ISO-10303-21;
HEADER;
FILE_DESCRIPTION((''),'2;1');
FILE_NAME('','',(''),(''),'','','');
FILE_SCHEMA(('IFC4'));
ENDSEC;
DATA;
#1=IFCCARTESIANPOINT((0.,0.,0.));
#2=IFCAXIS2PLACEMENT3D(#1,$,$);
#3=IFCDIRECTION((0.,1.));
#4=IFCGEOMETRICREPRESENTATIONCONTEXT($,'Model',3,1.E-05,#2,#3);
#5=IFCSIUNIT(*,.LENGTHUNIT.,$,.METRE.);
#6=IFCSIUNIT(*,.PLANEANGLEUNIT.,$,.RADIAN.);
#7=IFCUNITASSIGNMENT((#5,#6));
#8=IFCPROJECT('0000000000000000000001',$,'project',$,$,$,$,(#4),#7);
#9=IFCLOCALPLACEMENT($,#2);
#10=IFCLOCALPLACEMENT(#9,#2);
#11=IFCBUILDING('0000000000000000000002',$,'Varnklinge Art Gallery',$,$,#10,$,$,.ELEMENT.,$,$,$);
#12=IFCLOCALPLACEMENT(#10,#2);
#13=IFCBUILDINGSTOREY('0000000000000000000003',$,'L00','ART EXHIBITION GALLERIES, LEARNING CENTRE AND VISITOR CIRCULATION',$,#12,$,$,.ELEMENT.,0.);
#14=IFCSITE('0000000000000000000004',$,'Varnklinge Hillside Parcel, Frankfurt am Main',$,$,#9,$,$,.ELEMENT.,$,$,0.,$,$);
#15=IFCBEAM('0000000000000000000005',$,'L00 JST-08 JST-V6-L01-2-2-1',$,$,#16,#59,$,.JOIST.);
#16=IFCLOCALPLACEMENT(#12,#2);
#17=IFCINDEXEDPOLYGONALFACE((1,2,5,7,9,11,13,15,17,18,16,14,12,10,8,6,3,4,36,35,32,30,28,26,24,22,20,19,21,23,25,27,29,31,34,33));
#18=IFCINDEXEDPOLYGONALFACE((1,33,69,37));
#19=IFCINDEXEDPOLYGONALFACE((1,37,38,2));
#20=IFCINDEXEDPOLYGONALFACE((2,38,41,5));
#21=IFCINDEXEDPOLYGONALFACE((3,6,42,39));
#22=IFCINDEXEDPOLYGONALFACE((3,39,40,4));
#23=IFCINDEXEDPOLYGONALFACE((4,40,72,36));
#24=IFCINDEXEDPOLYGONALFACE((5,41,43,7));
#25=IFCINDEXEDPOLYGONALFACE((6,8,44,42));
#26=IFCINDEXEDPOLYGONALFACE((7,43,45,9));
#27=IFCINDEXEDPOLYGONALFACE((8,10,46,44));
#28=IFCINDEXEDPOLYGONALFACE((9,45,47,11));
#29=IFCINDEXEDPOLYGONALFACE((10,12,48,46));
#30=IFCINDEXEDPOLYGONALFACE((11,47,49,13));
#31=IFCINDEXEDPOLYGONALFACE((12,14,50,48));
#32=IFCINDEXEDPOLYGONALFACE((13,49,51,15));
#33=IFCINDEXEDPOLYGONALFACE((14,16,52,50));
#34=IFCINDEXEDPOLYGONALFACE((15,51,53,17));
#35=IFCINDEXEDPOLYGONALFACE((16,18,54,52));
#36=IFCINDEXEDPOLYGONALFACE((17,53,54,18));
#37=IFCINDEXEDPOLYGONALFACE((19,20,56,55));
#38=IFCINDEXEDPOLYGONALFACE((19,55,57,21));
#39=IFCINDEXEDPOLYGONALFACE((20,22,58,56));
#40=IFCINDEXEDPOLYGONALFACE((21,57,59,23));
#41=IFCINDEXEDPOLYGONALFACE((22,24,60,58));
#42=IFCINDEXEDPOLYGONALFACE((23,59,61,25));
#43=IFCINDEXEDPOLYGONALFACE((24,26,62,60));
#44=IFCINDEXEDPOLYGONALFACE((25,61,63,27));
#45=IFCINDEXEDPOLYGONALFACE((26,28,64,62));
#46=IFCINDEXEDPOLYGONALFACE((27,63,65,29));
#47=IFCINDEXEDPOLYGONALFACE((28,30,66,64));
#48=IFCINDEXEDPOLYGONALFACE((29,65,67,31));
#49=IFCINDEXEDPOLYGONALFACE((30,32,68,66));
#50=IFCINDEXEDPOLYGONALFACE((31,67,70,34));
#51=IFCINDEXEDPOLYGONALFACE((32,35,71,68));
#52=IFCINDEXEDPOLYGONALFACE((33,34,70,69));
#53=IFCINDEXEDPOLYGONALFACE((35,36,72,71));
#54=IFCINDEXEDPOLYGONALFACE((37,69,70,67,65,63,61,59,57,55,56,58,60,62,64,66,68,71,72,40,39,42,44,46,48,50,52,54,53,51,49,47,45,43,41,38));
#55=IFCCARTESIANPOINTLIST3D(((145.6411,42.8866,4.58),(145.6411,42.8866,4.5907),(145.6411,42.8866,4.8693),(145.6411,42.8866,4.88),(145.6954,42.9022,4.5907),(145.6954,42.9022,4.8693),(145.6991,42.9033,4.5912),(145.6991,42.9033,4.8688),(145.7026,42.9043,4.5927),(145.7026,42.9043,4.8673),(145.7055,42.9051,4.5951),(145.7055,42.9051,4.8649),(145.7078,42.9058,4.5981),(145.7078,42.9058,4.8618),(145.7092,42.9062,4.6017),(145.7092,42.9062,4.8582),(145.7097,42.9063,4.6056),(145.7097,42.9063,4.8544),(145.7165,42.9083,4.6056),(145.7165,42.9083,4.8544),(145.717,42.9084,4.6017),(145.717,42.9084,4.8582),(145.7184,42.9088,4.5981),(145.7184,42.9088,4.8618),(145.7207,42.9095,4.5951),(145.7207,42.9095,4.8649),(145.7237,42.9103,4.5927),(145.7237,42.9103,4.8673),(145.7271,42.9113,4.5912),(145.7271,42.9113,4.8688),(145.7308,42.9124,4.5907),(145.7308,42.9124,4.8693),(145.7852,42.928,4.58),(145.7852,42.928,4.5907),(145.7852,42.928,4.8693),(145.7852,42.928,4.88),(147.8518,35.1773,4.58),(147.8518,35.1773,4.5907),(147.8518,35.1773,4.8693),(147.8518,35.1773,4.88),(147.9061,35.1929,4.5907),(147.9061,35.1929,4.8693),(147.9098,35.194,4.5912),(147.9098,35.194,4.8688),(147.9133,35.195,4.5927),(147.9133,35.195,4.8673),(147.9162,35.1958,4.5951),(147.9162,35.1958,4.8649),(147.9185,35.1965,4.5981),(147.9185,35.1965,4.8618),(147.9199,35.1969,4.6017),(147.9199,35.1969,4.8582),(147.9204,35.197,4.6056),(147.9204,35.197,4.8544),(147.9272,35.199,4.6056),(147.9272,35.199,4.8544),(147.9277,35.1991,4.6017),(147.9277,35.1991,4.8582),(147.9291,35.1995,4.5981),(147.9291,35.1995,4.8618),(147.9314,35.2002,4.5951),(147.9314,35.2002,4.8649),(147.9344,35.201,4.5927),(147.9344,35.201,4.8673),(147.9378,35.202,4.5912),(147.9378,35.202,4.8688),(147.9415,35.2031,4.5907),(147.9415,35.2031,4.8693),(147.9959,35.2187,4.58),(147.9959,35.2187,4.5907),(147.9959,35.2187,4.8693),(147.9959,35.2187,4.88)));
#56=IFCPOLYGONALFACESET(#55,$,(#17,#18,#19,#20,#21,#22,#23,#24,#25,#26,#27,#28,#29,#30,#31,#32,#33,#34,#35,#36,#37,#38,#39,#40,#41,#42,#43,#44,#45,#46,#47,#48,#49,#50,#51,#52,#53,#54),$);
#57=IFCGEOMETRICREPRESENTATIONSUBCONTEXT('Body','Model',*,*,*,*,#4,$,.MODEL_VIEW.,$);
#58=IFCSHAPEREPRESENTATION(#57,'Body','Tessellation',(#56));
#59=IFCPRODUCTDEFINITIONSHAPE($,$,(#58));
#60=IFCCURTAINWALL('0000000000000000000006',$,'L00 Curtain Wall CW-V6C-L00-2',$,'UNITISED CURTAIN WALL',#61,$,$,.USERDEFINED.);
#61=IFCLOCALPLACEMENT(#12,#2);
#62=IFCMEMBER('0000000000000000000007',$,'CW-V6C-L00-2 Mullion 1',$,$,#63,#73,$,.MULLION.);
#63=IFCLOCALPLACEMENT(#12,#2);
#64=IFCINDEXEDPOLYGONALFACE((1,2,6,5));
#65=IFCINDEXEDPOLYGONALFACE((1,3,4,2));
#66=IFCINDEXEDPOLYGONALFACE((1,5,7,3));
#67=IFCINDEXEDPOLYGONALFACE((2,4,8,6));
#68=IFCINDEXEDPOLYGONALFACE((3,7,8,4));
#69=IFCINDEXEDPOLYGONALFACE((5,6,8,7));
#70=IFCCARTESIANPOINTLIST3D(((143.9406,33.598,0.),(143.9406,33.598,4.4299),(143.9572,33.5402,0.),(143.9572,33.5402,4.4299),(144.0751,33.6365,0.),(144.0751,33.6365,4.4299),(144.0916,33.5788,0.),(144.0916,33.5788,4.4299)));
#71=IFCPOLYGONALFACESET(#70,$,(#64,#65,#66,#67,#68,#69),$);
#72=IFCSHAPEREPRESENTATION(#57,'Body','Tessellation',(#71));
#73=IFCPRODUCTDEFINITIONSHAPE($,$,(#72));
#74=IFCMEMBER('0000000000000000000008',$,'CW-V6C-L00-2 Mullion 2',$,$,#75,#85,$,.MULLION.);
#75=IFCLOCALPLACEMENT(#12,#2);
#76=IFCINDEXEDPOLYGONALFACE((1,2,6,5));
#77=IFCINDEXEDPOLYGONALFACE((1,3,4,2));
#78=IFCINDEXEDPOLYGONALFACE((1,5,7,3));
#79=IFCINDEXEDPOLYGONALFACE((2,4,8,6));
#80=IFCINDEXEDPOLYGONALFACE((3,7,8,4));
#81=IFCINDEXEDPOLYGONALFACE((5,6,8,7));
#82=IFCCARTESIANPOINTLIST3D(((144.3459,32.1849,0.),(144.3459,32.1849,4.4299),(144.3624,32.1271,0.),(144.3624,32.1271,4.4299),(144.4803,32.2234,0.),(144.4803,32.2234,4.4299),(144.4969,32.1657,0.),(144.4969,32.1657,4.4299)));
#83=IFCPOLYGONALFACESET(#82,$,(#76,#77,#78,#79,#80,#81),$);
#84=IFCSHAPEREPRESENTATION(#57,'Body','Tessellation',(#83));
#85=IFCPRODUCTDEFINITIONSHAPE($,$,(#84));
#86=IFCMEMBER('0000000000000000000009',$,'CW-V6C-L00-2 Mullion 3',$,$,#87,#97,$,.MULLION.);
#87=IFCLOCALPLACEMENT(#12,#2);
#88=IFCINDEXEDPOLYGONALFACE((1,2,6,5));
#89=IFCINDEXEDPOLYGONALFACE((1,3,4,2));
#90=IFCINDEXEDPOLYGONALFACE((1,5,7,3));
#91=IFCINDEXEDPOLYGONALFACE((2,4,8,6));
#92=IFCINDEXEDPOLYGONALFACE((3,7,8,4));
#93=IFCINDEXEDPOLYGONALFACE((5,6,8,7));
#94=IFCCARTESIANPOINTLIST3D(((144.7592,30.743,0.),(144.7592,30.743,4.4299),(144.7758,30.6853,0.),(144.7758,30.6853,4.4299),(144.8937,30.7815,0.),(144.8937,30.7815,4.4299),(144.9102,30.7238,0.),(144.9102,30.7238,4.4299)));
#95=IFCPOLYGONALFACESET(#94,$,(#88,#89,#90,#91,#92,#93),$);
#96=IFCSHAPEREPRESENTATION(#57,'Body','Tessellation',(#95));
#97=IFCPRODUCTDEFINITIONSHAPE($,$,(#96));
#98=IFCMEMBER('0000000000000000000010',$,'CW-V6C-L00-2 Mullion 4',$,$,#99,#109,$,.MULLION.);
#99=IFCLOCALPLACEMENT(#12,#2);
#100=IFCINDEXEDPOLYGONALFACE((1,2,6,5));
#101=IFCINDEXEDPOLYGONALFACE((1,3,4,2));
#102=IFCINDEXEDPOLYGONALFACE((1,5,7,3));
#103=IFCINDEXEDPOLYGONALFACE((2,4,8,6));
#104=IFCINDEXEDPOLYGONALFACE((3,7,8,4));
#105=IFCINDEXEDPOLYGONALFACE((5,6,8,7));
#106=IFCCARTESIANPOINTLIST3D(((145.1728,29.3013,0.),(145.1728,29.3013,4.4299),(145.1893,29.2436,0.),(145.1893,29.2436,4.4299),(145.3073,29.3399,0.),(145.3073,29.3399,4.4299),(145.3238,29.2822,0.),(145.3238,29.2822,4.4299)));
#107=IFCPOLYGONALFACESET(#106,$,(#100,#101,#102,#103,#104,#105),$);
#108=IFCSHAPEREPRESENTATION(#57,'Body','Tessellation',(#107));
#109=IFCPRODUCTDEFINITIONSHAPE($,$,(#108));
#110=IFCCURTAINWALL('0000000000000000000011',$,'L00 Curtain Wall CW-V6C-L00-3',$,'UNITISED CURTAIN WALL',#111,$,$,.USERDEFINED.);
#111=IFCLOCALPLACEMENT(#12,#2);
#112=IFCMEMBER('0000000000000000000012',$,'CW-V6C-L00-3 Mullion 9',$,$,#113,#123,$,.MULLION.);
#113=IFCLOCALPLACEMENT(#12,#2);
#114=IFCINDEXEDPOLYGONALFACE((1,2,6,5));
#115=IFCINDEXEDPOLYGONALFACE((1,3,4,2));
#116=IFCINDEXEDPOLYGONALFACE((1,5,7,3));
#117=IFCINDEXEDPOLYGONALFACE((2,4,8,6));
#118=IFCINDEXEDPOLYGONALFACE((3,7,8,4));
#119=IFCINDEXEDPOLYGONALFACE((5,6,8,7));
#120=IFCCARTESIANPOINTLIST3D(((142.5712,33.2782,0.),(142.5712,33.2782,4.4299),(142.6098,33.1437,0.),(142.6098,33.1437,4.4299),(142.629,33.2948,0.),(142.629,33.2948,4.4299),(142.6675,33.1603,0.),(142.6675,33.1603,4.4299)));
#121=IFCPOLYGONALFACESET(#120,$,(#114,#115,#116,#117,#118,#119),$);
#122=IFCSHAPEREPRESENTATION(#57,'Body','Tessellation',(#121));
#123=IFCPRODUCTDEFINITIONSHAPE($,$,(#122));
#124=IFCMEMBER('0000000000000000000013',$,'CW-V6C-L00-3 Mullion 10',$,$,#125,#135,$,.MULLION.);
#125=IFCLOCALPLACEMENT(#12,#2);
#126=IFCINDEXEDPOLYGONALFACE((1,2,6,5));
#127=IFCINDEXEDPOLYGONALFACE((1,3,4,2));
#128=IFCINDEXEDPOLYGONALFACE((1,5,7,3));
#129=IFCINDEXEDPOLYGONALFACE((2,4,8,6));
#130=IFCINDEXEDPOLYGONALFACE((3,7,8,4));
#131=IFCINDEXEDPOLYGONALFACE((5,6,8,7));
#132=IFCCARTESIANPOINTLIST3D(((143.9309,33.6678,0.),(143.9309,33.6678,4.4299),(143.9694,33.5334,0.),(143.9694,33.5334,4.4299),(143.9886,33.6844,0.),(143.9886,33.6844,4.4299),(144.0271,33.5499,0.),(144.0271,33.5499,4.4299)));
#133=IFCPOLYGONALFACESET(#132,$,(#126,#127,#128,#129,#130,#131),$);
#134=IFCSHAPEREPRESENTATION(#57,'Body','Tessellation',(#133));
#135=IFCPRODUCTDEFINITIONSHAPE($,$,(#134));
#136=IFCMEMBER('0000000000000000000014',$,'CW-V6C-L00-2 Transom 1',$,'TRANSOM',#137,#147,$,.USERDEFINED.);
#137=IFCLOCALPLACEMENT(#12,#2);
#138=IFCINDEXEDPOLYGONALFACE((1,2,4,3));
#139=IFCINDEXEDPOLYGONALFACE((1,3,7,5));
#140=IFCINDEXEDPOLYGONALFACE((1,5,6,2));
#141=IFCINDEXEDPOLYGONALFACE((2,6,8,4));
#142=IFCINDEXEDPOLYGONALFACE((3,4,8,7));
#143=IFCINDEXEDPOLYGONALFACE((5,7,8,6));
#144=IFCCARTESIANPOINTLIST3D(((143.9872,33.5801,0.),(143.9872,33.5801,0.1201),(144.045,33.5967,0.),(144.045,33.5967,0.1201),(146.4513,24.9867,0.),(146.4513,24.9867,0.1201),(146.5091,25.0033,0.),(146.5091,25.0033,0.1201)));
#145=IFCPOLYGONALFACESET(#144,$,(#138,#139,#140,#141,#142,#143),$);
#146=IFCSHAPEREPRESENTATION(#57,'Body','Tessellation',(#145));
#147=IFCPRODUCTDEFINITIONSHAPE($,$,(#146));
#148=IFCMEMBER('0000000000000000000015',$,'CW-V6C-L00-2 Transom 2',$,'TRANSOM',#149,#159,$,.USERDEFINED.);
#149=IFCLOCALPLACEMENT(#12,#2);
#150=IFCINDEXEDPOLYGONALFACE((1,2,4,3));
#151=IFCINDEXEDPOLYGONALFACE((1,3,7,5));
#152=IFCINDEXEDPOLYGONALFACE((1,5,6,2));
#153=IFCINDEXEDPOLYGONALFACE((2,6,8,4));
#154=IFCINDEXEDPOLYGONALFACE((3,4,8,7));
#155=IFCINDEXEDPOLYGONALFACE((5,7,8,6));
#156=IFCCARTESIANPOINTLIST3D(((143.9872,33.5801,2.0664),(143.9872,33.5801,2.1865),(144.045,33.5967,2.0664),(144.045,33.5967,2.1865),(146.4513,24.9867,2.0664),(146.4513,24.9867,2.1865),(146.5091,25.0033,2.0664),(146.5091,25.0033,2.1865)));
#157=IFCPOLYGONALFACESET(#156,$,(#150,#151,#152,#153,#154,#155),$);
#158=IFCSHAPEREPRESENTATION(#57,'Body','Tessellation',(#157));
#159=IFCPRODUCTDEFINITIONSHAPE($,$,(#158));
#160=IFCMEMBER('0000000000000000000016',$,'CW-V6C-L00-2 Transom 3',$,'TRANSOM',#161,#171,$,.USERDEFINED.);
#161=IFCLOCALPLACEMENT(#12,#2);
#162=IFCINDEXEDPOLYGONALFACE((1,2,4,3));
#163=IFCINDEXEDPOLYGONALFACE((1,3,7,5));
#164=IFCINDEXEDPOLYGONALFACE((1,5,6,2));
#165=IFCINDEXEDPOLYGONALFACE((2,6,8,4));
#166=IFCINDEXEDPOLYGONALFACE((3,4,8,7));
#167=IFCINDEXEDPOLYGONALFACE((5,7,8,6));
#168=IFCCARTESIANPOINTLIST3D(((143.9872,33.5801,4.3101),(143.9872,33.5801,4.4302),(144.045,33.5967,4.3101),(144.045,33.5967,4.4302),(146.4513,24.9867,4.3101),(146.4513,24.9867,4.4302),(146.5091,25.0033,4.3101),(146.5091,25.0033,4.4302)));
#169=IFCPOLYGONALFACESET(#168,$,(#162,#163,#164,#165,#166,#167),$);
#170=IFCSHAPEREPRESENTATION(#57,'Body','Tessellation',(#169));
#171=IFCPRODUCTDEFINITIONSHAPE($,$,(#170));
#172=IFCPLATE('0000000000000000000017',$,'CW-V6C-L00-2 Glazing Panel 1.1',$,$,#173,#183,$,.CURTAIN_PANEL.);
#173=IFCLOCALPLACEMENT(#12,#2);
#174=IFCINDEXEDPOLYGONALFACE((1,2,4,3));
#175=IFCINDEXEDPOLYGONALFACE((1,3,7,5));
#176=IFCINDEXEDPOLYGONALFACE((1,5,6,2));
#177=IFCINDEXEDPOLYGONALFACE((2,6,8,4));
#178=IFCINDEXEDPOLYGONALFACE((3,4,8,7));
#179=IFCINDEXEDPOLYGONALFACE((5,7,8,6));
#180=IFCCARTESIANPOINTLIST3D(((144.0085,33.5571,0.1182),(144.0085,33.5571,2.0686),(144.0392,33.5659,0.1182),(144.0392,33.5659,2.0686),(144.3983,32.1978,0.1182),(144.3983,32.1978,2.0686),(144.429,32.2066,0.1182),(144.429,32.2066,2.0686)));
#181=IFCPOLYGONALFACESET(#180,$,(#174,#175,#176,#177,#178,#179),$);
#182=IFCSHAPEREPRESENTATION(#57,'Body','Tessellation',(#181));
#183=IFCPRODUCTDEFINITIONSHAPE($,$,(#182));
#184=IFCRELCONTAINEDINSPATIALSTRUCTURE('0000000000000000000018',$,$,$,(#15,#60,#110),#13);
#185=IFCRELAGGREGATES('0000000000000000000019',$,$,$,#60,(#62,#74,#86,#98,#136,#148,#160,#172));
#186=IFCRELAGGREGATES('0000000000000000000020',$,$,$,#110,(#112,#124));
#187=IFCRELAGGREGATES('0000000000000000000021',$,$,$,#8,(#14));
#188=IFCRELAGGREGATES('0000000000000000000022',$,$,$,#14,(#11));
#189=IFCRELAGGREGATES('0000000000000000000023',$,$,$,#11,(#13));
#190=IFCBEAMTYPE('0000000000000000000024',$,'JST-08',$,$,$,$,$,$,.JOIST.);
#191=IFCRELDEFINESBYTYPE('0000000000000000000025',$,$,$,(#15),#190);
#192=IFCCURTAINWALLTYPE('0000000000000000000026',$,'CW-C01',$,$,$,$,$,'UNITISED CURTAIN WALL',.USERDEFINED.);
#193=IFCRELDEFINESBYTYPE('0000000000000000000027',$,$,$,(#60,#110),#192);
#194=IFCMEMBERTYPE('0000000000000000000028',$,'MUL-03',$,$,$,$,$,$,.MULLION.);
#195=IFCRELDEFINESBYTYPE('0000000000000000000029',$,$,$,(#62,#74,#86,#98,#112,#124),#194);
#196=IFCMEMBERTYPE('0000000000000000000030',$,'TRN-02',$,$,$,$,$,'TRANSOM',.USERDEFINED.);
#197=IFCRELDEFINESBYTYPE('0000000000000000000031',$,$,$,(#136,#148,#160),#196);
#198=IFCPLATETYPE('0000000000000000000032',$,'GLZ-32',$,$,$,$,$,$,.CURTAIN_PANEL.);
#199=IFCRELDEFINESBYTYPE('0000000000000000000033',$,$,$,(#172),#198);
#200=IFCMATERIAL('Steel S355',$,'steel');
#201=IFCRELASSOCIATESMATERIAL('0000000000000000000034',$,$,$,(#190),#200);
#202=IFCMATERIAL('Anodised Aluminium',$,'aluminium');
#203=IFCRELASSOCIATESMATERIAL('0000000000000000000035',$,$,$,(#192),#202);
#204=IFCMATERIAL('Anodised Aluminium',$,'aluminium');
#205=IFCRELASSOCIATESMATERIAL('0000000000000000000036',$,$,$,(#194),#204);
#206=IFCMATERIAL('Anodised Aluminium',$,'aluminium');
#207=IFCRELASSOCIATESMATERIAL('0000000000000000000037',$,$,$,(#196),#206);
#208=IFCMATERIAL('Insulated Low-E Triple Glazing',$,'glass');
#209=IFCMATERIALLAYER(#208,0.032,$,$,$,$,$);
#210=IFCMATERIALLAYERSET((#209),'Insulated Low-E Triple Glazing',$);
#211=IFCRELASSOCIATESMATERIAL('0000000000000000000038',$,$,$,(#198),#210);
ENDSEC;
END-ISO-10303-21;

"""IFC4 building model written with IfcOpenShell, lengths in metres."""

from ifc_helpers import new_model, si_unit, direction, frame, origin, origin_2d, place, context, subcontext, project, spatial, rectangle, i_section, extrude, material, layer, layer_set, material_profile, profile_set, type_object, element, aggregate, save


model = new_model("IFC4")

# Units and contexts
model_context = context("Model", 3, precision=1e-05, world=origin(), true_north=direction((0.0, 1.0)))
body_context = subcontext(model_context, "Body", "Model", "MODEL_VIEW")
ifc_project = project(units=[si_unit("LENGTHUNIT", "METRE"), si_unit("PLANEANGLEUNIT", "RADIAN")], contexts=[model_context])

# Site, building, storey
site_placement = place(None, origin())
site = spatial("IfcSite", under=ifc_project, at=site_placement, Name="Varnklinge Hillside Parcel, Frankfurt am Main", CompositionType="ELEMENT", RefElevation=0.0)
building_placement = place(site_placement, origin())
building = spatial("IfcBuilding", under=site, at=building_placement, Name="Varnklinge Art Gallery", CompositionType="ELEMENT")
storey_placement = place(building_placement, origin())
storey = spatial("IfcBuildingStorey", under=building, at=storey_placement, Name="L00", Description="ART EXHIBITION GALLERIES, LEARNING CENTRE AND VISITOR CIRCULATION", CompositionType="ELEMENT", Elevation=0.0)

# Beam
ifc_material_1 = material(Name="Steel S355", Category="steel")
ifc_material_profile_1 = material_profile(ifc_material_1, i_section(OverallWidth=0.1499, OverallDepth=0.3, WebThickness=0.0071, FlangeThickness=0.0107, FilletRadius=0.0149, at=origin_2d()), Name="IPE 300")
ifc_profile_set_1 = profile_set([ifc_material_profile_1], Name="Steel S355")
beam_type_1 = type_object("IfcBeamType", Name="JST-08", PredefinedType="JOIST", material=ifc_profile_set_1)
beam_1_placement = place(storey_placement, frame((147.9238, 35.198, 4.73), z_axis=(-0.27565, 0.961258, 0.0), x_axis=(-0.961258, -0.27565, 0.0)))
element("IfcBeam", 1, at=beam_1_placement, inside=storey, type_object=beam_type_1, Name="L00 JST-08 JST-V6-L01-2-2-1", PredefinedType="JOIST", context=body_context, shape_type="SweptSolid", body=[
    extrude(i_section(OverallWidth=0.1499, OverallDepth=0.3, WebThickness=0.0071, FlangeThickness=0.0107, FilletRadius=0.0149, at=origin_2d()), origin(), (0.0, 0.0, 1.0), 8.02),
])

# Curtain walls, members
ifc_material_2 = material(Name="Anodised Aluminium", Category="aluminium")
curtain_wall_type = type_object("IfcCurtainWallType", Name="CW-C01", ElementType="UNITISED CURTAIN WALL", PredefinedType="USERDEFINED", material=ifc_material_2)
curtain_wall_1_placement = place(storey_placement, origin())
curtain_wall_1 = element("IfcCurtainWall", 2, at=curtain_wall_1_placement, inside=storey, type_object=curtain_wall_type, Name="L00 Curtain Wall CW-V6C-L00-2", ObjectType="UNITISED CURTAIN WALL", PredefinedType="USERDEFINED")
ifc_material_3 = material(Name="Anodised Aluminium", Category="aluminium")
ifc_material_profile_2 = material_profile(ifc_material_3, rectangle(XDim=0.0601, YDim=0.1399, at=origin_2d()), Name="ALU 60x140")
ifc_profile_set_2 = profile_set([ifc_material_profile_2], Name="Anodised Aluminium")
member_type_1 = type_object("IfcMemberType", Name="MUL-03", PredefinedType="MULLION", material=ifc_profile_set_2)
member_1_placement = place(storey_placement, frame((144.0161, 33.5884, 0.0), z_axis=(0.0, 0.0, 1.0), x_axis=(0.275637, -0.961262, 0.0)))
member_1 = element("IfcMember", 3, at=member_1_placement, type_object=member_type_1, Name="CW-V6C-L00-2 Mullion 1", PredefinedType="MULLION", context=body_context, shape_type="SweptSolid", body=[
    extrude(rectangle(XDim=0.0601, YDim=0.1399, at=origin_2d()), origin(), (0.0, 0.0, 1.0), 4.4299),
])
member_2_placement = place(storey_placement, frame((144.4214, 32.1753, 0.0), z_axis=(0.0, 0.0, 1.0), x_axis=(0.275637, -0.961262, 0.0)))
member_2 = element("IfcMember", 4, at=member_2_placement, type_object=member_type_1, Name="CW-V6C-L00-2 Mullion 2", PredefinedType="MULLION", context=body_context, shape_type="SweptSolid", body=[
    extrude(rectangle(XDim=0.0601, YDim=0.1399, at=origin_2d()), origin(), (0.0, 0.0, 1.0), 4.4299),
])
member_3_placement = place(storey_placement, frame((144.8347, 30.7334, 0.0), z_axis=(0.0, 0.0, 1.0), x_axis=(0.275637, -0.961262, 0.0)))
member_3 = element("IfcMember", 5, at=member_3_placement, type_object=member_type_1, Name="CW-V6C-L00-2 Mullion 3", PredefinedType="MULLION", context=body_context, shape_type="SweptSolid", body=[
    extrude(rectangle(XDim=0.0601, YDim=0.1399, at=origin_2d()), origin(), (0.0, 0.0, 1.0), 4.4299),
])
member_4_placement = place(storey_placement, frame((145.2483, 29.2917, 0.0), z_axis=(0.0, 0.0, 1.0), x_axis=(0.275637, -0.961262, 0.0)))
member_4 = element("IfcMember", 6, at=member_4_placement, type_object=member_type_1, Name="CW-V6C-L00-2 Mullion 4", PredefinedType="MULLION", context=body_context, shape_type="SweptSolid", body=[
    extrude(rectangle(XDim=0.0601, YDim=0.1399, at=origin_2d()), origin(), (0.0, 0.0, 1.0), 4.4299),
])
curtain_wall_2_placement = place(storey_placement, origin())
curtain_wall_2 = element("IfcCurtainWall", 7, at=curtain_wall_2_placement, inside=storey, type_object=curtain_wall_type, Name="L00 Curtain Wall CW-V6C-L00-3", ObjectType="UNITISED CURTAIN WALL", PredefinedType="USERDEFINED")
member_5_placement = place(storey_placement, frame((142.6194, 33.2192, 0.0), z_axis=(0.0, 0.0, 1.0), x_axis=(0.961262, 0.275637, 0.0)))
member_5 = element("IfcMember", 8, at=member_5_placement, type_object=member_type_1, Name="CW-V6C-L00-3 Mullion 9", PredefinedType="MULLION", context=body_context, shape_type="SweptSolid", body=[
    extrude(rectangle(XDim=0.0601, YDim=0.1399, at=origin_2d()), origin(), (0.0, 0.0, 1.0), 4.4299),
])
member_6_placement = place(storey_placement, frame((143.979, 33.6089, 0.0), z_axis=(0.0, 0.0, 1.0), x_axis=(0.961262, 0.275637, 0.0)))
member_6 = element("IfcMember", 9, at=member_6_placement, type_object=member_type_1, Name="CW-V6C-L00-3 Mullion 10", PredefinedType="MULLION", context=body_context, shape_type="SweptSolid", body=[
    extrude(rectangle(XDim=0.0601, YDim=0.1399, at=origin_2d()), origin(), (0.0, 0.0, 1.0), 4.4299),
])

# Members
ifc_material_4 = material(Name="Anodised Aluminium", Category="aluminium")
ifc_material_profile_3 = material_profile(ifc_material_4, rectangle(XDim=0.0601, YDim=0.1201, at=origin_2d()), Name="ALU 60x120")
ifc_profile_set_3 = profile_set([ifc_material_profile_3], Name="Anodised Aluminium")
member_type_2 = type_object("IfcMemberType", Name="TRN-02", ElementType="TRANSOM", PredefinedType="USERDEFINED", material=ifc_profile_set_3)
member_7_placement = place(storey_placement, frame((144.0161, 33.5884, 0.0601), z_axis=(0.275634, -0.961263, 0.0), x_axis=(0.961263, 0.275634, 0.0)))
member_7 = element("IfcMember", 10, at=member_7_placement, type_object=member_type_2, Name="CW-V6C-L00-2 Transom 1", ObjectType="TRANSOM", PredefinedType="USERDEFINED", context=body_context, shape_type="SweptSolid", body=[
    extrude(rectangle(XDim=0.0601, YDim=0.1201, at=origin_2d()), origin(), (0.0, 0.0, 1.0), 8.9397),
])
member_8_placement = place(storey_placement, frame((144.0161, 33.5884, 2.1265), z_axis=(0.275634, -0.961263, 0.0), x_axis=(0.961263, 0.275634, 0.0)))
member_8 = element("IfcMember", 11, at=member_8_placement, type_object=member_type_2, Name="CW-V6C-L00-2 Transom 2", ObjectType="TRANSOM", PredefinedType="USERDEFINED", context=body_context, shape_type="SweptSolid", body=[
    extrude(rectangle(XDim=0.0601, YDim=0.1201, at=origin_2d()), origin(), (0.0, 0.0, 1.0), 8.9397),
])
member_9_placement = place(storey_placement, frame((144.0161, 33.5884, 4.3701), z_axis=(0.275634, -0.961263, 0.0), x_axis=(0.961263, 0.275634, 0.0)))
member_9 = element("IfcMember", 12, at=member_9_placement, type_object=member_type_2, Name="CW-V6C-L00-2 Transom 3", ObjectType="TRANSOM", PredefinedType="USERDEFINED", context=body_context, shape_type="SweptSolid", body=[
    extrude(rectangle(XDim=0.0601, YDim=0.1201, at=origin_2d()), origin(), (0.0, 0.0, 1.0), 8.9397),
])

# Plate
ifc_material_5 = material(Name="Insulated Low-E Triple Glazing", Category="glass")
ifc_layer = layer(ifc_material_5, 0.032)
ifc_layer_set = layer_set([ifc_layer], Name="Insulated Low-E Triple Glazing")
plate_type = type_object("IfcPlateType", Name="GLZ-32", PredefinedType="CURTAIN_PANEL", material=ifc_layer_set)
plate_1_placement = place(storey_placement, frame((144.2188, 32.8818, 0.1182), z_axis=(0.0, 0.0, 1.0), x_axis=(0.275637, -0.961262, 0.0)))
plate_1 = element("IfcPlate", 13, at=plate_1_placement, type_object=plate_type, Name="CW-V6C-L00-2 Glazing Panel 1.1", PredefinedType="CURTAIN_PANEL", context=body_context, shape_type="SweptSolid", body=[
    extrude(rectangle(XDim=1.4141, YDim=0.032, at=origin_2d()), origin(), (0.0, 0.0, 1.0), 1.9504),
])
aggregate(curtain_wall_1, [member_1, member_2, member_3, member_4, member_7, member_8, member_9, plate_1])
aggregate(curtain_wall_2, [member_5, member_6])

save(model, "model.ifc")
